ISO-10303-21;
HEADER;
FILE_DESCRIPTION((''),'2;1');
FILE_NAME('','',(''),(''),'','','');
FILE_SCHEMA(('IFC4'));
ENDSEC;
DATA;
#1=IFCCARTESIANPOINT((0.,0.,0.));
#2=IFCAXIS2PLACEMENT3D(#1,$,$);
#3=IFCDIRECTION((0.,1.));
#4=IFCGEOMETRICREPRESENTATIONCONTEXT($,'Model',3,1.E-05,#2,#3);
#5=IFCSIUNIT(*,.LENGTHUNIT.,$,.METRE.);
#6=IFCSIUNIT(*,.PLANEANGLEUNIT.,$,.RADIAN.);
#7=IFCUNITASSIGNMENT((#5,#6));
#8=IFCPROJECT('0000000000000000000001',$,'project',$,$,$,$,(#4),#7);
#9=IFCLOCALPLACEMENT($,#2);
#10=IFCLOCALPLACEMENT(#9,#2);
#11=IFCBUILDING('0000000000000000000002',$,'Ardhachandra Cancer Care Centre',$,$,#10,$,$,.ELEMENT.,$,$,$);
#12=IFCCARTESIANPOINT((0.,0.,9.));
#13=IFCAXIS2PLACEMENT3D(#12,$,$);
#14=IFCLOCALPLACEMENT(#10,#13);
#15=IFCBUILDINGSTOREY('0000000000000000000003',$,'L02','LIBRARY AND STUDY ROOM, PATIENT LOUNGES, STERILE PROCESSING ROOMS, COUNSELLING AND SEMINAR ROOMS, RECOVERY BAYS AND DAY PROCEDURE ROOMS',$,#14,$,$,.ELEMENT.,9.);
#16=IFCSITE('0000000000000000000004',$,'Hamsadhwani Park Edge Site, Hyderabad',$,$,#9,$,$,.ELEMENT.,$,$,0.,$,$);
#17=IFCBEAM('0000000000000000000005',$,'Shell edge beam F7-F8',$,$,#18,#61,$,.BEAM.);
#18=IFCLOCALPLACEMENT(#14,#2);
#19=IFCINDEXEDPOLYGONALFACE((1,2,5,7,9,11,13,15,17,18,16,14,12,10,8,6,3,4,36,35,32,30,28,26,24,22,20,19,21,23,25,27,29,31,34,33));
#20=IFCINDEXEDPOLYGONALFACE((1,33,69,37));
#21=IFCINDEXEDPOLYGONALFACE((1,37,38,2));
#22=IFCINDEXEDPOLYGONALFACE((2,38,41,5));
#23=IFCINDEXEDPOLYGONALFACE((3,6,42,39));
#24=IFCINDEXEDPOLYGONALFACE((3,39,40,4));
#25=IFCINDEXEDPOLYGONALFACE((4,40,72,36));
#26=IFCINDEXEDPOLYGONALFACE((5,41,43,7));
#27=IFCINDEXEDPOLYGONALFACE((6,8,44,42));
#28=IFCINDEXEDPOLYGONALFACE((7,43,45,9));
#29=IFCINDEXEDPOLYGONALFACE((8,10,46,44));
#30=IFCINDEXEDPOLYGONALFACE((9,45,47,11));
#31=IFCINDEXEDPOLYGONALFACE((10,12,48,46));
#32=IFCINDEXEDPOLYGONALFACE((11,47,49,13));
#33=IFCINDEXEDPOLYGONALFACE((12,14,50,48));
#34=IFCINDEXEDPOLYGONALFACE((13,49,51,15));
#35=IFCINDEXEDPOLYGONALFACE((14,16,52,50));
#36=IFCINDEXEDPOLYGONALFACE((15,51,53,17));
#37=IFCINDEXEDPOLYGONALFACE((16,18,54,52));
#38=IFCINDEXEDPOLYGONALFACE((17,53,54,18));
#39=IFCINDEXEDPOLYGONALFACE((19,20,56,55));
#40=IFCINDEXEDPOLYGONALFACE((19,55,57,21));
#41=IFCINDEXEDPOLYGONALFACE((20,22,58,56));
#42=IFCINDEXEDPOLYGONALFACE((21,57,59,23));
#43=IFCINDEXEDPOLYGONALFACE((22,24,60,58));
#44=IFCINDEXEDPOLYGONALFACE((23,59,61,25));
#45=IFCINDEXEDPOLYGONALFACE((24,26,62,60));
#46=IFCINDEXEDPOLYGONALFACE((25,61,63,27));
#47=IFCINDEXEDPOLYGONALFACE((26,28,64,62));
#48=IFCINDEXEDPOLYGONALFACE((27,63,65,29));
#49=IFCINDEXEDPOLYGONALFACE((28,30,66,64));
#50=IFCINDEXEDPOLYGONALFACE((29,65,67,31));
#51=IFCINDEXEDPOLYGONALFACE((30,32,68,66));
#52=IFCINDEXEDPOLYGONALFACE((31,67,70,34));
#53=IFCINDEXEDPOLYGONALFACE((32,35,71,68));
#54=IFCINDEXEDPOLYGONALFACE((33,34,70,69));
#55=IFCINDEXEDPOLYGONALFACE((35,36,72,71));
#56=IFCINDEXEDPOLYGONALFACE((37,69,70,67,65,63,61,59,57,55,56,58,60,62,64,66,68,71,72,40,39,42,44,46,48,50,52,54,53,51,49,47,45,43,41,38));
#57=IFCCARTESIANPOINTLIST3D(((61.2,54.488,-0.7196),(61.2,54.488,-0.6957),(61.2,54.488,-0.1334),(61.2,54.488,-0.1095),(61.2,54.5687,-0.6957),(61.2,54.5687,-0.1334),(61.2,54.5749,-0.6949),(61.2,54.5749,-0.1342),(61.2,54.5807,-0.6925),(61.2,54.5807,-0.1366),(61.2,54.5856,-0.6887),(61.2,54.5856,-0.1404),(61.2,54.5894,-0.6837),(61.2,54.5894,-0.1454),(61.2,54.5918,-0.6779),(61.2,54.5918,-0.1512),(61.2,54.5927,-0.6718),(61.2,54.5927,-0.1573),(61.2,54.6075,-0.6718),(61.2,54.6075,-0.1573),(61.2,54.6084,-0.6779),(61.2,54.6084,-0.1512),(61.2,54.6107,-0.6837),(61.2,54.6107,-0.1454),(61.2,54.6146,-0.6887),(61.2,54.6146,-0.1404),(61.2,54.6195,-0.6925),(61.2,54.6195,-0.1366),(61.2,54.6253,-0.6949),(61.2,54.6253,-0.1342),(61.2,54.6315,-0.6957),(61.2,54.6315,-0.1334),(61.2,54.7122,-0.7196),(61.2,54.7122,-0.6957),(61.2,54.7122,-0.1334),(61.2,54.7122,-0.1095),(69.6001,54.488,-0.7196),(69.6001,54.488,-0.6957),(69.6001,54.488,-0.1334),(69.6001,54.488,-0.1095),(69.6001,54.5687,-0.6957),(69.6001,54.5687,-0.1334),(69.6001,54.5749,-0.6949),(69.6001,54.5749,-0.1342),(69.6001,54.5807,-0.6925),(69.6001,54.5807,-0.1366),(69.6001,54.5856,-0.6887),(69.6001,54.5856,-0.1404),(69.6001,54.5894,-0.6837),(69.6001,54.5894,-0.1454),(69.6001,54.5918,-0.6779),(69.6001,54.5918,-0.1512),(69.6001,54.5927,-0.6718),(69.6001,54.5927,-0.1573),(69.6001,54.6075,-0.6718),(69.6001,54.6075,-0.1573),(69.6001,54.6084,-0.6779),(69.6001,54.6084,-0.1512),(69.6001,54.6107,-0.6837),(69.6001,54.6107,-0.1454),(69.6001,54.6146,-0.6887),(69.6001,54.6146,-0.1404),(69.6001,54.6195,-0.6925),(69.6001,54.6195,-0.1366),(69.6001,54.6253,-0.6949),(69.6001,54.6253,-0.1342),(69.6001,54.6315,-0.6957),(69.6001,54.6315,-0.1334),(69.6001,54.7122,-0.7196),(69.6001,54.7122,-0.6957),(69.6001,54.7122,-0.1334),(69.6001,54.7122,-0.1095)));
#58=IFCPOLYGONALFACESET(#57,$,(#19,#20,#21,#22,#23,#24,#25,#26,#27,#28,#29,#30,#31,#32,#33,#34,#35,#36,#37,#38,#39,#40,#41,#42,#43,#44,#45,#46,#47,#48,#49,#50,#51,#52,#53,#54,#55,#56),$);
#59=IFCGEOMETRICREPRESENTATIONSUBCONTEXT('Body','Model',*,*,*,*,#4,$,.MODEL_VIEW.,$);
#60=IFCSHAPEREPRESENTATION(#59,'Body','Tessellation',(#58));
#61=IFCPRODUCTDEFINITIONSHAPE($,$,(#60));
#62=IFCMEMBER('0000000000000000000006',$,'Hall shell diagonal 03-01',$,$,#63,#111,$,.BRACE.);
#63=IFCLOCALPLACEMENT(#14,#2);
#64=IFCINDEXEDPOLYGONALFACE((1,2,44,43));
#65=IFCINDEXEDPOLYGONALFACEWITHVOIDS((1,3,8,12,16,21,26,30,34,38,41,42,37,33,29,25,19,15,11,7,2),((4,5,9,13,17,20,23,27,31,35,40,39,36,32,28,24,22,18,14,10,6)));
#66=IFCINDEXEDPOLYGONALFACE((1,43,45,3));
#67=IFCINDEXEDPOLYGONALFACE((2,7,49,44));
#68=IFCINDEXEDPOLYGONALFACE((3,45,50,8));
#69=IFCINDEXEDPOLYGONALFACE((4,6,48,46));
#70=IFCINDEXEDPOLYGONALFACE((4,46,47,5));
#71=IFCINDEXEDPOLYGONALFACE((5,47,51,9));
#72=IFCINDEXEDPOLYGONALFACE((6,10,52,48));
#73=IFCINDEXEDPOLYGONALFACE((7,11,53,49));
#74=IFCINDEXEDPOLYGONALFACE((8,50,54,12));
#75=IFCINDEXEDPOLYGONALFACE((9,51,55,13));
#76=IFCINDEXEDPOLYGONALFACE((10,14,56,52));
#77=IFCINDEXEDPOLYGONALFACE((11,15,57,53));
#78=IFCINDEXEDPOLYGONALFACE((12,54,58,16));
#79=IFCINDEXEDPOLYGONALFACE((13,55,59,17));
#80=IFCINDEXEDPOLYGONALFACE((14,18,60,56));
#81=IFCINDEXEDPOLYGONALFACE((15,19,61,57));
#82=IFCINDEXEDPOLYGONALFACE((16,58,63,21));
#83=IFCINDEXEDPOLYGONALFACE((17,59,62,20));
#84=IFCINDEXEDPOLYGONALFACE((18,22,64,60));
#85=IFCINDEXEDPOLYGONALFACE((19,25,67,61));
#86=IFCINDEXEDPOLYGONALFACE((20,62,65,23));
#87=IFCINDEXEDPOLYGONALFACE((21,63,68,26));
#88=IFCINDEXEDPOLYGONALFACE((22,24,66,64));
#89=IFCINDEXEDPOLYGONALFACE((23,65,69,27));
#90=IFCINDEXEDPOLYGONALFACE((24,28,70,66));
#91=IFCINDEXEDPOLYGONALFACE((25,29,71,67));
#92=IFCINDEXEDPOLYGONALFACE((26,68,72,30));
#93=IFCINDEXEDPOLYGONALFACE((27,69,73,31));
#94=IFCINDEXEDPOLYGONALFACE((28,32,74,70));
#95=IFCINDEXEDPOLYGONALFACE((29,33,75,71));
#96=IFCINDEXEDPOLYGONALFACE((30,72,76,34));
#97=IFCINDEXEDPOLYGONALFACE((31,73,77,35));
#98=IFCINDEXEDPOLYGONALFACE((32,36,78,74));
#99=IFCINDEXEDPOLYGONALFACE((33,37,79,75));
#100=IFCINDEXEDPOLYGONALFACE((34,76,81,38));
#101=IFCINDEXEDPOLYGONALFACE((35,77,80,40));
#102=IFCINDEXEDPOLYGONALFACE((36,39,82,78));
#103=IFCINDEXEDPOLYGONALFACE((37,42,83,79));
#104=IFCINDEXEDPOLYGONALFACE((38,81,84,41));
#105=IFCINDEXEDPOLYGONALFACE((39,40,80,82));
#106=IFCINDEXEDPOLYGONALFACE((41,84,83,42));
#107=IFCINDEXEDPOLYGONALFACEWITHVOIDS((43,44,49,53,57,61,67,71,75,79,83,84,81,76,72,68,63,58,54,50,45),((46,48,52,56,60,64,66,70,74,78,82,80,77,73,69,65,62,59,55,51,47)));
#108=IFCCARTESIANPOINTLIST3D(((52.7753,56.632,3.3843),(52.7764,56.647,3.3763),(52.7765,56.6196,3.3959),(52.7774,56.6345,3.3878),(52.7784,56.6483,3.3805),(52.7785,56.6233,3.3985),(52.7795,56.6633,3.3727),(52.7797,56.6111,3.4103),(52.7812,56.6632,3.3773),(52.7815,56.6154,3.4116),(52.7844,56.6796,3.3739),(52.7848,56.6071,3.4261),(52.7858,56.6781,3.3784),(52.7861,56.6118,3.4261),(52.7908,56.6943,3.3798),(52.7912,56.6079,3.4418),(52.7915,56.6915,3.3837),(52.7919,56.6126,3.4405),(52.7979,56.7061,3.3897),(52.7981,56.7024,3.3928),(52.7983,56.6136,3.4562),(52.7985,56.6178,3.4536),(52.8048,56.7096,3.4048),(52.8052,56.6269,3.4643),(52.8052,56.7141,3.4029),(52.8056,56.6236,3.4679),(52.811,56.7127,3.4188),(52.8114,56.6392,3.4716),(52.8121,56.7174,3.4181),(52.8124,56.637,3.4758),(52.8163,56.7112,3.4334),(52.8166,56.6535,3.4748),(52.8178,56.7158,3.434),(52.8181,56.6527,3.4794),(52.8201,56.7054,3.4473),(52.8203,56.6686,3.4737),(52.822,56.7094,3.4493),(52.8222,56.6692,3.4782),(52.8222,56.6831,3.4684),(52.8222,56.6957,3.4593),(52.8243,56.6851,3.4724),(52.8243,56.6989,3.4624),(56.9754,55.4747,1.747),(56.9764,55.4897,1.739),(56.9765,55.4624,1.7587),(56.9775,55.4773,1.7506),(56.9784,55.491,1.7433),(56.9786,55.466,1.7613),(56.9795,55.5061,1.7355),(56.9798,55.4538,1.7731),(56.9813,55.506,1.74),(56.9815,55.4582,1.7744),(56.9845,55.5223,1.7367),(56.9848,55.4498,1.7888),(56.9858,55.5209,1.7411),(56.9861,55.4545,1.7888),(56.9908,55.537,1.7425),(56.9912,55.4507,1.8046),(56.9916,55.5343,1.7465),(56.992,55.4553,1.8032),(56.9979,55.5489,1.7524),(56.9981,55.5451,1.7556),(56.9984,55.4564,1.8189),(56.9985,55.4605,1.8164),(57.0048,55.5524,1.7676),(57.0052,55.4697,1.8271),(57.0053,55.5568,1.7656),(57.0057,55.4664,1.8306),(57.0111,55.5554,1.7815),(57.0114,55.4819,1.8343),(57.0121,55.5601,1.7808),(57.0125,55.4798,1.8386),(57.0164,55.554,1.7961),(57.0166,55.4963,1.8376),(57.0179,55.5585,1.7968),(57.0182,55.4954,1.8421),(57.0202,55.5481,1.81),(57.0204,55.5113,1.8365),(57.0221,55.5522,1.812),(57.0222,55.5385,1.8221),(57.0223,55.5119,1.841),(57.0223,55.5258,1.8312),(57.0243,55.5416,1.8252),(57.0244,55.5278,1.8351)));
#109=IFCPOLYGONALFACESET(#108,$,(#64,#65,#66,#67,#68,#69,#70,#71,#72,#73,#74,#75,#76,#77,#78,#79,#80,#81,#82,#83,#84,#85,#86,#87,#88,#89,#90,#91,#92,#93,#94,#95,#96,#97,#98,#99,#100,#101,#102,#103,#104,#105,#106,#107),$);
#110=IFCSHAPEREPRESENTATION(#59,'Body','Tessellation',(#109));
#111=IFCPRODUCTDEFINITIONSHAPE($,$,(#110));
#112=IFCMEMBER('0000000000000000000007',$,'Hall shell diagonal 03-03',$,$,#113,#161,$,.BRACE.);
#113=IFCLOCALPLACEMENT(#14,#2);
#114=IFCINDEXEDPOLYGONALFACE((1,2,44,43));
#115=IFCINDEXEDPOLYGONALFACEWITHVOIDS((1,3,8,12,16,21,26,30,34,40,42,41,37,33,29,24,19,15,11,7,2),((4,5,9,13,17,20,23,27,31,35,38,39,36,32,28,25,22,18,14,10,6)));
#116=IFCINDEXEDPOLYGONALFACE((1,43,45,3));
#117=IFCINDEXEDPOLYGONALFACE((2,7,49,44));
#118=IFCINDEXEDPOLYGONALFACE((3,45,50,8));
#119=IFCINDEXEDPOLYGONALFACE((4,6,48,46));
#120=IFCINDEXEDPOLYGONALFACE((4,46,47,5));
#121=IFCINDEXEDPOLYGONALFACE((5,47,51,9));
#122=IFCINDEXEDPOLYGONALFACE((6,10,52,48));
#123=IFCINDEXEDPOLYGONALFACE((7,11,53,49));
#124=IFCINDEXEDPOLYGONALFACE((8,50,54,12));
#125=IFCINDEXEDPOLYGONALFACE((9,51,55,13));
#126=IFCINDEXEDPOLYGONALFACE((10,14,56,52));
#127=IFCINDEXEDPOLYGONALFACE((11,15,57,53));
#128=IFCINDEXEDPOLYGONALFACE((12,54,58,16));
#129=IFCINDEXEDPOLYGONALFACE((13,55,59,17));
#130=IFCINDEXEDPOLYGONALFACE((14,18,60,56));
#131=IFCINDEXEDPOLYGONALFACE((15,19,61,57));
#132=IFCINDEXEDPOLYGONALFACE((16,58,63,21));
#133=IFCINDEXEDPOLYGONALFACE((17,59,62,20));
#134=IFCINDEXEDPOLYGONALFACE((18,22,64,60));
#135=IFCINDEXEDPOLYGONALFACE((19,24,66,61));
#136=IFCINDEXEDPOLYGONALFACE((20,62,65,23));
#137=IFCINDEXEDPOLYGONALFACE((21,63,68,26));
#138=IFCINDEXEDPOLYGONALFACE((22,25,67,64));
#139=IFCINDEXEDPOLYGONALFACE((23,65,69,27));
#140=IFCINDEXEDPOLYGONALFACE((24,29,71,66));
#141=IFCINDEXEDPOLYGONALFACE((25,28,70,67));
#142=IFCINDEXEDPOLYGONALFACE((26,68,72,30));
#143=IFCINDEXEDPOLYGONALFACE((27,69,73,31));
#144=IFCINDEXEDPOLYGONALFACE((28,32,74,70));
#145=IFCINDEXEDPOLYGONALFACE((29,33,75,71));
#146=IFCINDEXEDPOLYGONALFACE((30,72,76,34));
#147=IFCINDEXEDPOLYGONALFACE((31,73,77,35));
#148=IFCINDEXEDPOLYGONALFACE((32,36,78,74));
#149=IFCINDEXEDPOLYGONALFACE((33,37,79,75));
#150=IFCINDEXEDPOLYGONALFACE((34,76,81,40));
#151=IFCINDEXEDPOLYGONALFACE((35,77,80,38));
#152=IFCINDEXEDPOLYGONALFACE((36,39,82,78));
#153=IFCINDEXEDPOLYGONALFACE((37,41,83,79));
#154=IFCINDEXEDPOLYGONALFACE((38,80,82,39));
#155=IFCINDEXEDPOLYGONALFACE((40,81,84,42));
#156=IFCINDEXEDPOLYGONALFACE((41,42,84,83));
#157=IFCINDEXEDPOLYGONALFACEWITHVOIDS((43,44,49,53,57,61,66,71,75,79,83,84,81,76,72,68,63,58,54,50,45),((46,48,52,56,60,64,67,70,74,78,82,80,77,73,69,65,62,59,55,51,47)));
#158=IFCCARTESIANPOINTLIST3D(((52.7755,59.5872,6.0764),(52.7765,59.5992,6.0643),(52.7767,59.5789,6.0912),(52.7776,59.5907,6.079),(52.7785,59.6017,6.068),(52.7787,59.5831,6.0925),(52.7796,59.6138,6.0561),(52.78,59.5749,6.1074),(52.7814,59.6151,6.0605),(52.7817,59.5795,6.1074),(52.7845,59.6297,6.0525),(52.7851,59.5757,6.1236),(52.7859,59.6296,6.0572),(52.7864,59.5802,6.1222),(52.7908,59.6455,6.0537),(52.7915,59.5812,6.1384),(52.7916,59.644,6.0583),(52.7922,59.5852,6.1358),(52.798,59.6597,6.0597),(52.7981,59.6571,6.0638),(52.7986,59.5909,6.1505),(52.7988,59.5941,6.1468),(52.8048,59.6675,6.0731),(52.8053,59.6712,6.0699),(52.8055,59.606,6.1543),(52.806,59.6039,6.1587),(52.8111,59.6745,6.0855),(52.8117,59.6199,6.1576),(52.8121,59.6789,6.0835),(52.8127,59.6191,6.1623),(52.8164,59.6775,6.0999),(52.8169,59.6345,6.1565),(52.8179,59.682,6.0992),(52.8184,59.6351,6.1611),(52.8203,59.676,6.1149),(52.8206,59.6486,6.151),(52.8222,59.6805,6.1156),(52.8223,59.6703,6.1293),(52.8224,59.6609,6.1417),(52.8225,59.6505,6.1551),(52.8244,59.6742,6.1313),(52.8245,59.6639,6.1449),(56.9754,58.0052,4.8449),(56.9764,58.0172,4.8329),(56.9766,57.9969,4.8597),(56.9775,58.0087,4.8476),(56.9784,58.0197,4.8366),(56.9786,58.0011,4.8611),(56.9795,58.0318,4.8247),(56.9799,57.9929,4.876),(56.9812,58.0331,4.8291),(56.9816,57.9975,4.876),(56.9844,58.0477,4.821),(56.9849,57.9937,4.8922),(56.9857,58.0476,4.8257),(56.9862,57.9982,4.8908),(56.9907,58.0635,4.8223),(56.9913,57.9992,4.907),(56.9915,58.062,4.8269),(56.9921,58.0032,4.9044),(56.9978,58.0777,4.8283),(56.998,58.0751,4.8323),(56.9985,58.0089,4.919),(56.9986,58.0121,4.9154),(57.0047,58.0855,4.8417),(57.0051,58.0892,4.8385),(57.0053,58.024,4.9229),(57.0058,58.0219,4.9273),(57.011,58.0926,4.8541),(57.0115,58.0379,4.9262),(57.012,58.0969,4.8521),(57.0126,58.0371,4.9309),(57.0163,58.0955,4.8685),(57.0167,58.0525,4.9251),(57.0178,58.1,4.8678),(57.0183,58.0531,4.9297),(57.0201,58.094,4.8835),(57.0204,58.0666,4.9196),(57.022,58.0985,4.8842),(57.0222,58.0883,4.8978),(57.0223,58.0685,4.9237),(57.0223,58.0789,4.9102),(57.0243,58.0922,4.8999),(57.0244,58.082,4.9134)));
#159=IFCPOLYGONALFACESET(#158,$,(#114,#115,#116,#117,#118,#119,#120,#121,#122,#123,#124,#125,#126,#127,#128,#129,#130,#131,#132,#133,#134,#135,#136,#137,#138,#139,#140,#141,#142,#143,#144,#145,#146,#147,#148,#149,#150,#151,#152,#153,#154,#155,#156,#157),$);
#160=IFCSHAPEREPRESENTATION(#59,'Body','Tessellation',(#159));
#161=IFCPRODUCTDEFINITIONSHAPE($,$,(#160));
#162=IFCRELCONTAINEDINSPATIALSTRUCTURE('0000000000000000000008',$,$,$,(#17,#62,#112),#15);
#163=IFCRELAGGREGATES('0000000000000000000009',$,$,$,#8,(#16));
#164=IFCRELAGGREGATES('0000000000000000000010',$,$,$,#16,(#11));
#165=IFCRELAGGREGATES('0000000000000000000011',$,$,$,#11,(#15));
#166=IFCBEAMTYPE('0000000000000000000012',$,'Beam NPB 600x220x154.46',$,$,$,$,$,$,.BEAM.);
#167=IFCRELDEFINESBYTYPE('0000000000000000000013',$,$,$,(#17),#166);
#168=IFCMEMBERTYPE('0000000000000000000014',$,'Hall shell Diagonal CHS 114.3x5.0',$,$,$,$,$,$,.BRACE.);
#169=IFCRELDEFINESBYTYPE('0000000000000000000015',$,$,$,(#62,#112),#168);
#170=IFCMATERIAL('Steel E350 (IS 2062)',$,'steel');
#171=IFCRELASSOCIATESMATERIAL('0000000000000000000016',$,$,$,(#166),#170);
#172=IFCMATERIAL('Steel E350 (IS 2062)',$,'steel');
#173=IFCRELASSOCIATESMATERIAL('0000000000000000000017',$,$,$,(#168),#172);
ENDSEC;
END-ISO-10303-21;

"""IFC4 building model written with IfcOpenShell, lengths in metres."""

from ifc_helpers import new_model, si_unit, direction, frame, origin, origin_2d, place, context, subcontext, project, spatial, hollow_circle, i_section, extrude, material, material_profile, profile_set, type_object, element, save


model = new_model("IFC4")

# Units and contexts
model_context = context("Model", 3, precision=1e-05, world=origin(), true_north=direction((0.0, 1.0)))
body_context = subcontext(model_context, "Body", "Model", "MODEL_VIEW")
ifc_project = project(units=[si_unit("LENGTHUNIT", "METRE"), si_unit("PLANEANGLEUNIT", "RADIAN")], contexts=[model_context])

# Site, building, storey
site_placement = place(None, origin())
site = spatial("IfcSite", under=ifc_project, at=site_placement, Name="Hamsadhwani Park Edge Site, Hyderabad", CompositionType="ELEMENT", RefElevation=0.0)
building_placement = place(site_placement, origin())
building = spatial("IfcBuilding", under=site, at=building_placement, Name="Ardhachandra Cancer Care Centre", CompositionType="ELEMENT")
storey_placement = place(building_placement, frame((0.0, 0.0, 9.0)))
storey = spatial("IfcBuildingStorey", under=building, at=storey_placement, Name="L02", Description="LIBRARY AND STUDY ROOM, PATIENT LOUNGES, STERILE PROCESSING ROOMS, COUNSELLING AND SEMINAR ROOMS, RECOVERY BAYS AND DAY PROCEDURE ROOMS", CompositionType="ELEMENT", Elevation=9.0)

# Beam
ifc_material_1 = material(Name="Steel E350 (IS 2062)", Category="steel")
ifc_material_profile_1 = material_profile(ifc_material_1, i_section(OverallWidth=0.2241, OverallDepth=0.6101, WebThickness=0.0149, FlangeThickness=0.0239, FilletRadius=0.0239, at=origin_2d()), Name="NPB 600x220x154.46")
ifc_profile_set_1 = profile_set([ifc_material_profile_1], Name="Steel E350 (IS 2062)")
beam_type = type_object("IfcBeamType", Name="Beam NPB 600x220x154.46", PredefinedType="BEAM", material=ifc_profile_set_1)
beam_placement = place(storey_placement, frame((61.2, 54.6001, -0.4146), z_axis=(1.0, 0.0, 0.0), x_axis=(0.0, 1.0, 0.0)))
element("IfcBeam", 1, at=beam_placement, inside=storey, type_object=beam_type, Name="Shell edge beam F7-F8", PredefinedType="BEAM", context=body_context, shape_type="SweptSolid", body=[
    extrude(i_section(OverallWidth=0.2241, OverallDepth=0.6101, WebThickness=0.0149, FlangeThickness=0.0239, FilletRadius=0.0239, at=origin_2d()), origin(), (0.0, 0.0, 1.0), 8.4001),
])

# Members
ifc_material_2 = material(Name="Steel E350 (IS 2062)", Category="steel")
ifc_material_profile_2 = material_profile(ifc_material_2, hollow_circle(Radius=0.0571, WallThickness=0.0049, at=origin_2d()), Name="CHS 114.3x5.0")
ifc_profile_set_2 = profile_set([ifc_material_profile_2], Name="Steel E350 (IS 2062)")
member_type_1 = type_object("IfcMemberType", Name="Hall shell Diagonal CHS 114.3x5.0", PredefinedType="BRACE", material=ifc_profile_set_2)
member_1_placement = place(storey_placement, frame((57.0, 55.5049, 1.7888), z_axis=(-0.90245, 0.248655, 0.351789), x_axis=(-0.265634, -0.964074, 0.0)))
element("IfcMember", 2, at=member_1_placement, inside=storey, type_object=member_type_1, Name="Hall shell diagonal 03-01", PredefinedType="BRACE", context=body_context, shape_type="SweptSolid", body=[
    extrude(hollow_circle(Radius=0.0571, WallThickness=0.0049, at=origin_2d()), origin(), (0.0, 0.0, 1.0), 4.6541),
])
for number, where, z_axis, x_axis, name in (
    (3, (57.0, 58.0464, 4.876), (-0.902457, 0.339936, 0.264605), (-0.3525, -0.935812, 0.0), "Hall shell diagonal 03-03"),
):
    element("IfcMember", number, at=place(storey_placement, frame(where, z_axis=z_axis, x_axis=x_axis)), inside=storey, type_object=member_type_1, Name=name, PredefinedType="BRACE", context=body_context, shape_type="SweptSolid", body=[
        extrude(hollow_circle(Radius=0.0571, WallThickness=0.0049, at=origin_2d()), origin(), (0.0, 0.0, 1.0), 4.6538),
    ])

save(model, "model.ifc")
